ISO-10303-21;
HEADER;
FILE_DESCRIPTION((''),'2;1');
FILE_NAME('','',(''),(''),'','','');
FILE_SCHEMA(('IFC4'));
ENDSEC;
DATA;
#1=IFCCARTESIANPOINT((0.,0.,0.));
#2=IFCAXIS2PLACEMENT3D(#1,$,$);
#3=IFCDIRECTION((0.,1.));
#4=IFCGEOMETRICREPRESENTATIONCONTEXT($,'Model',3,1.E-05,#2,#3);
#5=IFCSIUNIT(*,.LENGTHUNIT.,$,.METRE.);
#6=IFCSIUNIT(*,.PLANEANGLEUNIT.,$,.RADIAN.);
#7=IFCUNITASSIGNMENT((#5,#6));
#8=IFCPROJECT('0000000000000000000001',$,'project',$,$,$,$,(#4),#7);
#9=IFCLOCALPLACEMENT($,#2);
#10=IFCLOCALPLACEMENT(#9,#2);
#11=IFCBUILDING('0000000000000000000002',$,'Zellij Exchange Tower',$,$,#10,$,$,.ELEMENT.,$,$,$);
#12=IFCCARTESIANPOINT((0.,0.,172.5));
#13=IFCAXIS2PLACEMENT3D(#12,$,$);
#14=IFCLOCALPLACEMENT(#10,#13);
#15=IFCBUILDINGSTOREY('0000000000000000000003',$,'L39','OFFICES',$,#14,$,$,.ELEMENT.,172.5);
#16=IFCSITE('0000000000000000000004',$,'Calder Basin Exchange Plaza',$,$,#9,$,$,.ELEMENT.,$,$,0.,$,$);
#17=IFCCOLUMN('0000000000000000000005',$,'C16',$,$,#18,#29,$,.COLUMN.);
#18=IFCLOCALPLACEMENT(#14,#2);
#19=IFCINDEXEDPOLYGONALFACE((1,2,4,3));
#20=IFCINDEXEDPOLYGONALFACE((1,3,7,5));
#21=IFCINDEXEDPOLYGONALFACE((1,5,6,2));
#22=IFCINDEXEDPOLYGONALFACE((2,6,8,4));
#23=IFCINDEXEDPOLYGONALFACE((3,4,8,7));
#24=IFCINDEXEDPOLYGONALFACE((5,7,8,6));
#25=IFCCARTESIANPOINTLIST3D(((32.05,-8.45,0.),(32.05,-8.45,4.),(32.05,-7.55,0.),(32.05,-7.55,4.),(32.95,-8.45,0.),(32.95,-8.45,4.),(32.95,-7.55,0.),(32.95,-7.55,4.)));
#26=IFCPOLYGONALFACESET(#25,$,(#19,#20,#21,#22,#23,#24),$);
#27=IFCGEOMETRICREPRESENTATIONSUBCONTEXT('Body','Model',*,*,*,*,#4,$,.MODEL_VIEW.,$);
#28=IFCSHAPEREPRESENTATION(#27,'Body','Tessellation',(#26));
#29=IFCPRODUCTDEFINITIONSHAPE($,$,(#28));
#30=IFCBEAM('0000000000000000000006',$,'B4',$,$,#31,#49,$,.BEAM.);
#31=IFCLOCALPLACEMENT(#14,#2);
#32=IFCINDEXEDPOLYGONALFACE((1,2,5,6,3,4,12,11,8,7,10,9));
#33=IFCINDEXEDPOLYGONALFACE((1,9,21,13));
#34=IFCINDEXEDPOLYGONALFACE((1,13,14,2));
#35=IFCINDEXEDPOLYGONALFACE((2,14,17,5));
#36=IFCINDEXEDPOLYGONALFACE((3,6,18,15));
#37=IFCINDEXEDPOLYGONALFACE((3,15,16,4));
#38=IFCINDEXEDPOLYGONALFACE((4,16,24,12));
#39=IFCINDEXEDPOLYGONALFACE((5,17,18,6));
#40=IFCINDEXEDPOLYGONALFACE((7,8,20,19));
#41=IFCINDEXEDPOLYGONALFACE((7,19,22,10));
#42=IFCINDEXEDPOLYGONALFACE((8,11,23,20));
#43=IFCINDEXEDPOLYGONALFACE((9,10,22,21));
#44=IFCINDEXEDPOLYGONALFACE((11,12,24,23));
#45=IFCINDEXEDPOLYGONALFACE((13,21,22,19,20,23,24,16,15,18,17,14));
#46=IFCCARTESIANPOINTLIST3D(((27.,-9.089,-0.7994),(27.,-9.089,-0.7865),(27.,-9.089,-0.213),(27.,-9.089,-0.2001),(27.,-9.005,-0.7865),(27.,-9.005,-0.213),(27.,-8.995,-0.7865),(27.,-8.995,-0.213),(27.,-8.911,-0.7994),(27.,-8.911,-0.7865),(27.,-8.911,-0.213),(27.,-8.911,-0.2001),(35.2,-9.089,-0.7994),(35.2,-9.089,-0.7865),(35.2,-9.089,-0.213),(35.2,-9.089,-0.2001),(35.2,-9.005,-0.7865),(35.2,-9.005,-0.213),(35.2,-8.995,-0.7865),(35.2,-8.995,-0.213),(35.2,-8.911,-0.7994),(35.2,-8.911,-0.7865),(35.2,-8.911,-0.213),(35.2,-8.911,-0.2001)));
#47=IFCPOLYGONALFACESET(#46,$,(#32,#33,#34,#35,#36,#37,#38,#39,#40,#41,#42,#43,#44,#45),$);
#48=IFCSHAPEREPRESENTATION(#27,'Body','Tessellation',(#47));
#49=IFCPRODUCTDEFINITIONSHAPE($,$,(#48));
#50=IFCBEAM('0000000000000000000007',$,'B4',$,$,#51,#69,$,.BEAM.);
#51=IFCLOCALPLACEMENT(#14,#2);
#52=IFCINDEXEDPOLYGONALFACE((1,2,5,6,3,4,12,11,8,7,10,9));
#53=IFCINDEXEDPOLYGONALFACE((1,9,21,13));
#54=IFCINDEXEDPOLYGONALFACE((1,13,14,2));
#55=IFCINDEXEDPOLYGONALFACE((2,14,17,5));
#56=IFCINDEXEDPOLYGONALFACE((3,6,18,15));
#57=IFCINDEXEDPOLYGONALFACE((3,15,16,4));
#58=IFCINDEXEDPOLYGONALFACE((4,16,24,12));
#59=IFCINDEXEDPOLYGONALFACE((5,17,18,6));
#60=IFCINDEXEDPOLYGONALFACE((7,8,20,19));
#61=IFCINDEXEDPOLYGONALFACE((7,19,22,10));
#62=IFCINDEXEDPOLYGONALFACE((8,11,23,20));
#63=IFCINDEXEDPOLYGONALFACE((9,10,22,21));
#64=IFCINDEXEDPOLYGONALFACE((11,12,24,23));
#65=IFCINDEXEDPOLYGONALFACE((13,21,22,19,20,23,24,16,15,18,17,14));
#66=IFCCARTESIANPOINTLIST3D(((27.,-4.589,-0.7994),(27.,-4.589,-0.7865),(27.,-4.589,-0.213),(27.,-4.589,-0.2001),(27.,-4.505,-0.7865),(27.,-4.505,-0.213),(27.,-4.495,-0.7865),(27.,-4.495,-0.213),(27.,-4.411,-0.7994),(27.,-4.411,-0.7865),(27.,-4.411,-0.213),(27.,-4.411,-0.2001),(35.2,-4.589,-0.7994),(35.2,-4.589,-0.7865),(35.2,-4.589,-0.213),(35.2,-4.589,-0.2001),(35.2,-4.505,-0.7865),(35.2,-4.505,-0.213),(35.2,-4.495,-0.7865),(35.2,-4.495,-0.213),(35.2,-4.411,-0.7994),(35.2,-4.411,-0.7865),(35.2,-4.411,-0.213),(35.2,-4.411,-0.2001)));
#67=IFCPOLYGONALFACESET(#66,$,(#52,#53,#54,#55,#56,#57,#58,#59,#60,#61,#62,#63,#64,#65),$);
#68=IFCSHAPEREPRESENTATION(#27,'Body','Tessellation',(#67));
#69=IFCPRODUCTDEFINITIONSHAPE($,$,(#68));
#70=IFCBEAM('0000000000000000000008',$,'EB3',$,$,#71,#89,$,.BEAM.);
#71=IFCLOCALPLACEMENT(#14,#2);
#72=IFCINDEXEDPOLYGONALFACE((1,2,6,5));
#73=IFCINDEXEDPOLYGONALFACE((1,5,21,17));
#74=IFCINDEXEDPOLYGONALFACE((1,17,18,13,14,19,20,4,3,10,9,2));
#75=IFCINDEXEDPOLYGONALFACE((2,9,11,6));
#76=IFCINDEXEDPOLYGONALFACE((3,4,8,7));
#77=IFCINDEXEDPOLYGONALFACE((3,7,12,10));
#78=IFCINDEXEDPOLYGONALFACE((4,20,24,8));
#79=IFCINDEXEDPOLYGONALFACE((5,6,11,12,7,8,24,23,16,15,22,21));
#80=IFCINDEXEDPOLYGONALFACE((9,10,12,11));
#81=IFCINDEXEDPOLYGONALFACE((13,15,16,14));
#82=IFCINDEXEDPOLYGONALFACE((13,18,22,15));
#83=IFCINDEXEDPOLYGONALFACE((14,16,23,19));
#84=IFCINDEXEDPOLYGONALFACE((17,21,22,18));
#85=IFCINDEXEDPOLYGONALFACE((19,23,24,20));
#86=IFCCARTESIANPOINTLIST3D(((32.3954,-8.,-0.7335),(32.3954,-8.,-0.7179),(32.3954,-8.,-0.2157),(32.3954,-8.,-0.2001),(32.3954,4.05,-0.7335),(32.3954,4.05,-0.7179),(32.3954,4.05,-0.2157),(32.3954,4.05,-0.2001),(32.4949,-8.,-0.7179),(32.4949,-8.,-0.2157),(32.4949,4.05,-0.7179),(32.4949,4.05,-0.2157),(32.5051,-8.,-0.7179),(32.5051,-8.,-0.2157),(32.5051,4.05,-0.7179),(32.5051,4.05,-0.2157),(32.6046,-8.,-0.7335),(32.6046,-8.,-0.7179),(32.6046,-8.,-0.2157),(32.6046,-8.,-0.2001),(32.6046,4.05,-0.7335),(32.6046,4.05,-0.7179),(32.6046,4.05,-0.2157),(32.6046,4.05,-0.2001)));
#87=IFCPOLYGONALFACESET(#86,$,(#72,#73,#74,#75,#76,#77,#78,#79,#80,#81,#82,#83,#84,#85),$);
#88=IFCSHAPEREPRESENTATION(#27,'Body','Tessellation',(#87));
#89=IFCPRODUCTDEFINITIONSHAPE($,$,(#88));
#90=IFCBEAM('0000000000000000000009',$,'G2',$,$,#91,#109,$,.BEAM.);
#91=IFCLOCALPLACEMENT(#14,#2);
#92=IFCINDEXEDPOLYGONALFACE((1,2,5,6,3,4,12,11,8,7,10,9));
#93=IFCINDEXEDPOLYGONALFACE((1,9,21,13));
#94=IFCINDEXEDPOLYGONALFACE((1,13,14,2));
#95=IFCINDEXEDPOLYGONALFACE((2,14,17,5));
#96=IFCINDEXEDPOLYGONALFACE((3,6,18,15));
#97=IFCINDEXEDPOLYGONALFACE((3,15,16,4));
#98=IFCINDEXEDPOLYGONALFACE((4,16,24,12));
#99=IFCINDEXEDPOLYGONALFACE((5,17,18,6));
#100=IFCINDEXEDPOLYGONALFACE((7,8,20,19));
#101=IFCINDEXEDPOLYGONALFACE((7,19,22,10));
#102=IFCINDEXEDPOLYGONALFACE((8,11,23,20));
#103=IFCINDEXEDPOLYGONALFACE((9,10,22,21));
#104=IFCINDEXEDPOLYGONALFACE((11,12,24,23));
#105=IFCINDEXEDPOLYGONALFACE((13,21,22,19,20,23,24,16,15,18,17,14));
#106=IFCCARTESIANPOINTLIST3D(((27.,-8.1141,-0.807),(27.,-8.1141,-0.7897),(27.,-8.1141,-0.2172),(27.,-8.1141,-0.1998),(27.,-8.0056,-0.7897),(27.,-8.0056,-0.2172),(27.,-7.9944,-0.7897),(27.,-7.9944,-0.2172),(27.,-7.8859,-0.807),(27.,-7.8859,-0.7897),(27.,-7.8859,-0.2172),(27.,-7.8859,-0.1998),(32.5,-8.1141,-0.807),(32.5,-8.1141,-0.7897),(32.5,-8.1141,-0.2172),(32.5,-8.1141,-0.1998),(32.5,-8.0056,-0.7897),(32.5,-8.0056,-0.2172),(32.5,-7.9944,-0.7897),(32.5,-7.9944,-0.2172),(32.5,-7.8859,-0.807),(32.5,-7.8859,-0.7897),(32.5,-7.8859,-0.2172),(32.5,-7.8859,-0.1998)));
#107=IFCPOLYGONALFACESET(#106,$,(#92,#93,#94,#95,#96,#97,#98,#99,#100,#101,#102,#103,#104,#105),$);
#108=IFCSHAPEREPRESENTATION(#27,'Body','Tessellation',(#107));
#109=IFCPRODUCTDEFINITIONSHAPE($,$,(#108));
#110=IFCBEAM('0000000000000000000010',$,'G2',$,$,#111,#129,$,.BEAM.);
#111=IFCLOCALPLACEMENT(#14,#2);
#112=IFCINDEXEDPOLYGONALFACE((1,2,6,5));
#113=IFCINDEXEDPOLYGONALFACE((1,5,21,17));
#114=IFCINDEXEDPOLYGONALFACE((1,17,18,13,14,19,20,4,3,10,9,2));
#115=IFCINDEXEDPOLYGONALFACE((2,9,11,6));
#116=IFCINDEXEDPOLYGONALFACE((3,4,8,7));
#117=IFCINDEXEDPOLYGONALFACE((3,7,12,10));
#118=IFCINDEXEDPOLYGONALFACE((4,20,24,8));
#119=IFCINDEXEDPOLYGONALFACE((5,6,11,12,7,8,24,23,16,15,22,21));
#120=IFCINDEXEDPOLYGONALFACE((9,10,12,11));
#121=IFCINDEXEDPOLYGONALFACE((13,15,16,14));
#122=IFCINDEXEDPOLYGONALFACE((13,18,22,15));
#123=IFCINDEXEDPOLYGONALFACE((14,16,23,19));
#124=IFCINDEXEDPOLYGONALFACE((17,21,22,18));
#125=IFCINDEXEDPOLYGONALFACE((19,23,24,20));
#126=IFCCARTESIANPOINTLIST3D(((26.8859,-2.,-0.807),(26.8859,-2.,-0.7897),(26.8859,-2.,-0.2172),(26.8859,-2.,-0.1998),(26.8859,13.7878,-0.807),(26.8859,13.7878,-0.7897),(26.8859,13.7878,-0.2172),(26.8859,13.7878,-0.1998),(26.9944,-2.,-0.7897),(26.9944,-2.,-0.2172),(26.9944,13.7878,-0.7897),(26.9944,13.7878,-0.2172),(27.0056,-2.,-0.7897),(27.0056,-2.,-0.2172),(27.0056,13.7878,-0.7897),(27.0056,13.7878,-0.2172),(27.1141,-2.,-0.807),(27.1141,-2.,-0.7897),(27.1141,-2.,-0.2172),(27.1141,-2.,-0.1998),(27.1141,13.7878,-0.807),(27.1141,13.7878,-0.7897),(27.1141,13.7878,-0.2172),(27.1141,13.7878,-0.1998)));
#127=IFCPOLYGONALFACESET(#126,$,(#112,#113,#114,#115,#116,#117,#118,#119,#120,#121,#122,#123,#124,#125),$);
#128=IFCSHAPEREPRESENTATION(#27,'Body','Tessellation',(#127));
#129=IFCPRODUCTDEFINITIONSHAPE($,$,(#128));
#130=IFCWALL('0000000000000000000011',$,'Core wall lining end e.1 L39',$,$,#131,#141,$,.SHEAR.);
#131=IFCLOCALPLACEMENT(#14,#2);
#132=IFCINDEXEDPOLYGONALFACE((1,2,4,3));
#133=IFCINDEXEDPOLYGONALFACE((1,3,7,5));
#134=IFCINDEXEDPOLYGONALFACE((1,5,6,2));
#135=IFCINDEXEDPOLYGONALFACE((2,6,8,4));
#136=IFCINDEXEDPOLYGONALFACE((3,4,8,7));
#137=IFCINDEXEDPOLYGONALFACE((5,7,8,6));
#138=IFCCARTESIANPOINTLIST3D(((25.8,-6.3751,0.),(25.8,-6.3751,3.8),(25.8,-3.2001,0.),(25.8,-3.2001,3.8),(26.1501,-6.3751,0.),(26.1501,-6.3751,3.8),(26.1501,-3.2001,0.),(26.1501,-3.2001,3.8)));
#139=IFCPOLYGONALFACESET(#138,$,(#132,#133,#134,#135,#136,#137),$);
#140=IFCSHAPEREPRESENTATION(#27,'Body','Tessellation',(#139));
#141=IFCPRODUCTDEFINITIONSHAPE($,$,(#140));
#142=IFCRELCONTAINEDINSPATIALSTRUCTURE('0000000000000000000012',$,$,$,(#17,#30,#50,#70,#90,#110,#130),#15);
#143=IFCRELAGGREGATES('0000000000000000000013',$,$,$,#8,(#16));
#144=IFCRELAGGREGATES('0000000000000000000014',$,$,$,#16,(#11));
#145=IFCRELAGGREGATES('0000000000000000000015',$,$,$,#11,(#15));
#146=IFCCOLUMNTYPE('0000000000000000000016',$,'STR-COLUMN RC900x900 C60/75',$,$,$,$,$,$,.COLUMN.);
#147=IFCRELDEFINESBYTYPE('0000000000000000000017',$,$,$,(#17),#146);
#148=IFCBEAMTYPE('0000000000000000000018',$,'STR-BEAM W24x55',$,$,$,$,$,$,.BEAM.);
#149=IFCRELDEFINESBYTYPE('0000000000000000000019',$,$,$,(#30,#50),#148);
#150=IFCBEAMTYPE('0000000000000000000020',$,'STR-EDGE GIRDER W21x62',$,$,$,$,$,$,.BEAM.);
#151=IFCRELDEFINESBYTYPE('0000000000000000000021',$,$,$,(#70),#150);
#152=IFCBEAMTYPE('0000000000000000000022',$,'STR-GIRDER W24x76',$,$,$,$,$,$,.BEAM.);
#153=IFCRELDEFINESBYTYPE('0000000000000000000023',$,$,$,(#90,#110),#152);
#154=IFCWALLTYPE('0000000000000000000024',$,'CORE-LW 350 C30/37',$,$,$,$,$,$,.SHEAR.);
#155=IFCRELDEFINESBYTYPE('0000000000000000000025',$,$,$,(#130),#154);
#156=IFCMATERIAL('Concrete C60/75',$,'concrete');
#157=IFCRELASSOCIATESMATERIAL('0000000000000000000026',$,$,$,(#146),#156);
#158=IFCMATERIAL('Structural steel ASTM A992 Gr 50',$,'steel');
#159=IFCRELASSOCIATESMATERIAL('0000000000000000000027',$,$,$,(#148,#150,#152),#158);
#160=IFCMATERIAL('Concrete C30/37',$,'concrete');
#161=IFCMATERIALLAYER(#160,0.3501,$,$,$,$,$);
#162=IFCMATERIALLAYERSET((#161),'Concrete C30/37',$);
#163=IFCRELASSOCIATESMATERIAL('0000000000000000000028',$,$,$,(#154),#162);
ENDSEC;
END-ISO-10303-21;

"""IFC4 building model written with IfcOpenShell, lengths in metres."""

from ifc_helpers import new_model, si_unit, direction, frame, frame_2d, origin, origin_2d, place, context, subcontext, project, spatial, rectangle, i_section, extrude, material, layer, layer_set, material_profile, profile_set, type_object, element, save


model = new_model("IFC4")

# Units and contexts
model_context = context("Model", 3, precision=1e-05, world=origin(), true_north=direction((0.0, 1.0)))
body_context = subcontext(model_context, "Body", "Model", "MODEL_VIEW")
ifc_project = project(units=[si_unit("LENGTHUNIT", "METRE"), si_unit("PLANEANGLEUNIT", "RADIAN")], contexts=[model_context])

# Site, building, storey
site_placement = place(None, origin())
site = spatial("IfcSite", under=ifc_project, at=site_placement, Name="Calder Basin Exchange Plaza", CompositionType="ELEMENT", RefElevation=0.0)
building_placement = place(site_placement, origin())
building = spatial("IfcBuilding", under=site, at=building_placement, Name="Zellij Exchange Tower", CompositionType="ELEMENT")
storey_placement = place(building_placement, frame((0.0, 0.0, 172.5)))
storey = spatial("IfcBuildingStorey", under=building, at=storey_placement, Name="L39", Description="OFFICES", CompositionType="ELEMENT", Elevation=172.5)

# Column
ifc_material_1 = material(Name="Concrete C60/75", Category="concrete")
ifc_material_profile_1 = material_profile(ifc_material_1, rectangle(XDim=0.8999, YDim=0.8999, at=origin_2d()), Name="STR-COLUMN RC900x900 C60/75")
ifc_profile_set_1 = profile_set([ifc_material_profile_1], Name="Concrete C60/75")
column_type = type_object("IfcColumnType", Name="STR-COLUMN RC900x900 C60/75", PredefinedType="COLUMN", material=ifc_profile_set_1)
column_placement = place(storey_placement, frame((32.5, -8.0, 0.0), z_axis=(0.0, 0.0, 1.0), x_axis=(1.0, 0.0, 0.0)))
element("IfcColumn", 1, at=column_placement, inside=storey, type_object=column_type, Name="C16", PredefinedType="COLUMN", context=body_context, shape_type="SweptSolid", body=[
    extrude(rectangle(XDim=0.8999, YDim=0.8999, at=origin_2d()), origin(), (0.0, 0.0, 1.0), 4.0),
])

# Beams
ifc_material_2 = material(Name="Structural steel ASTM A992 Gr 50", Category="steel")
ifc_material_profile_2 = material_profile(ifc_material_2, i_section(OverallWidth=0.178, OverallDepth=0.5994, WebThickness=0.01, FlangeThickness=0.0129, at=origin_2d()), Name="W24x55")
ifc_profile_set_2 = profile_set([ifc_material_profile_2], Name="Structural steel ASTM A992 Gr 50")
beam_type_1 = type_object("IfcBeamType", Name="STR-BEAM W24x55", PredefinedType="BEAM", material=ifc_profile_set_2)
for number, where, z_axis, x_axis, name in (
    (2, (27.0, -9.0, -0.4998), (1.0, 0.0, 0.0), (0.0, 1.0, 0.0), "B4"),
    (3, (27.0, -4.5, -0.4998), (1.0, 0.0, 0.0), (0.0, 1.0, 0.0), "B4"),
):
    element("IfcBeam", number, at=place(storey_placement, frame(where, z_axis=z_axis, x_axis=x_axis)), inside=storey, type_object=beam_type_1, Name=name, PredefinedType="BEAM", context=body_context, shape_type="SweptSolid", body=[
        extrude(i_section(OverallWidth=0.178, OverallDepth=0.5994, WebThickness=0.01, FlangeThickness=0.0129, at=origin_2d()), origin(), (0.0, 0.0, 1.0), 8.2),
    ])
ifc_material_profile_3 = material_profile(ifc_material_2, i_section(OverallWidth=0.2092, OverallDepth=0.5334, WebThickness=0.0103, FlangeThickness=0.0156, at=origin_2d()), Name="W21x62")
ifc_profile_set_3 = profile_set([ifc_material_profile_3], Name="Structural steel ASTM A992 Gr 50")
beam_type_2 = type_object("IfcBeamType", Name="STR-EDGE GIRDER W21x62", PredefinedType="BEAM", material=ifc_profile_set_3)
beam_1_placement = place(storey_placement, frame((32.5, -8.0, -0.4668), z_axis=(0.0, 1.0, 0.0), x_axis=(-1.0, 0.0, 0.0)))
element("IfcBeam", 4, at=beam_1_placement, inside=storey, type_object=beam_type_2, Name="EB3", PredefinedType="BEAM", context=body_context, shape_type="SweptSolid", body=[
    extrude(i_section(OverallWidth=0.2092, OverallDepth=0.5334, WebThickness=0.0103, FlangeThickness=0.0156, at=origin_2d()), origin(), (0.0, 0.0, 1.0), 12.05),
])
ifc_material_profile_4 = material_profile(ifc_material_2, i_section(OverallWidth=0.2283, OverallDepth=0.6072, WebThickness=0.0112, FlangeThickness=0.0173, at=origin_2d()), Name="W24x76")
ifc_profile_set_4 = profile_set([ifc_material_profile_4], Name="Structural steel ASTM A992 Gr 50")
beam_type_3 = type_object("IfcBeamType", Name="STR-GIRDER W24x76", PredefinedType="BEAM", material=ifc_profile_set_4)
beam_2_placement = place(storey_placement, frame((27.0, -8.0, -0.5034), z_axis=(1.0, 0.0, 0.0), x_axis=(0.0, 1.0, 0.0)))
element("IfcBeam", 5, at=beam_2_placement, inside=storey, type_object=beam_type_3, Name="G2", PredefinedType="BEAM", context=body_context, shape_type="SweptSolid", body=[
    extrude(i_section(OverallWidth=0.2283, OverallDepth=0.6072, WebThickness=0.0112, FlangeThickness=0.0173, at=origin_2d()), origin(), (0.0, 0.0, 1.0), 5.5),
])
beam_3_placement = place(storey_placement, frame((27.0, -2.0, -0.5034), z_axis=(0.0, 1.0, 0.0), x_axis=(-1.0, 0.0, 0.0)))
element("IfcBeam", 6, at=beam_3_placement, inside=storey, type_object=beam_type_3, Name="G2", PredefinedType="BEAM", context=body_context, shape_type="SweptSolid", body=[
    extrude(i_section(OverallWidth=0.2283, OverallDepth=0.6072, WebThickness=0.0112, FlangeThickness=0.0173, at=origin_2d()), origin(), (0.0, 0.0, 1.0), 15.7878),
])

# Wall
ifc_material_3 = material(Name="Concrete C30/37", Category="concrete")
ifc_layer_1 = layer(ifc_material_3, 0.3501)
ifc_layer_set_1 = layer_set([ifc_layer_1], Name="Concrete C30/37")
wall_type = type_object("IfcWallType", Name="CORE-LW 350 C30/37", PredefinedType="SHEAR", material=ifc_layer_set_1)
wall_placement = place(storey_placement, frame((25.9751, -6.375, 0.0), z_axis=(0.0, 0.0, 1.0), x_axis=(0.0, 1.0, 0.0)))
element("IfcWall", 7, at=wall_placement, inside=storey, type_object=wall_type, Name="Core wall lining end e.1 L39", PredefinedType="SHEAR", context=body_context, shape_type="SweptSolid", body=[
    extrude(rectangle(XDim=3.175, YDim=0.3501, at=frame_2d((1.5874, 0.0))), origin(), (0.0, 0.0, 1.0), 3.8),
])

save(model, "model.ifc")
